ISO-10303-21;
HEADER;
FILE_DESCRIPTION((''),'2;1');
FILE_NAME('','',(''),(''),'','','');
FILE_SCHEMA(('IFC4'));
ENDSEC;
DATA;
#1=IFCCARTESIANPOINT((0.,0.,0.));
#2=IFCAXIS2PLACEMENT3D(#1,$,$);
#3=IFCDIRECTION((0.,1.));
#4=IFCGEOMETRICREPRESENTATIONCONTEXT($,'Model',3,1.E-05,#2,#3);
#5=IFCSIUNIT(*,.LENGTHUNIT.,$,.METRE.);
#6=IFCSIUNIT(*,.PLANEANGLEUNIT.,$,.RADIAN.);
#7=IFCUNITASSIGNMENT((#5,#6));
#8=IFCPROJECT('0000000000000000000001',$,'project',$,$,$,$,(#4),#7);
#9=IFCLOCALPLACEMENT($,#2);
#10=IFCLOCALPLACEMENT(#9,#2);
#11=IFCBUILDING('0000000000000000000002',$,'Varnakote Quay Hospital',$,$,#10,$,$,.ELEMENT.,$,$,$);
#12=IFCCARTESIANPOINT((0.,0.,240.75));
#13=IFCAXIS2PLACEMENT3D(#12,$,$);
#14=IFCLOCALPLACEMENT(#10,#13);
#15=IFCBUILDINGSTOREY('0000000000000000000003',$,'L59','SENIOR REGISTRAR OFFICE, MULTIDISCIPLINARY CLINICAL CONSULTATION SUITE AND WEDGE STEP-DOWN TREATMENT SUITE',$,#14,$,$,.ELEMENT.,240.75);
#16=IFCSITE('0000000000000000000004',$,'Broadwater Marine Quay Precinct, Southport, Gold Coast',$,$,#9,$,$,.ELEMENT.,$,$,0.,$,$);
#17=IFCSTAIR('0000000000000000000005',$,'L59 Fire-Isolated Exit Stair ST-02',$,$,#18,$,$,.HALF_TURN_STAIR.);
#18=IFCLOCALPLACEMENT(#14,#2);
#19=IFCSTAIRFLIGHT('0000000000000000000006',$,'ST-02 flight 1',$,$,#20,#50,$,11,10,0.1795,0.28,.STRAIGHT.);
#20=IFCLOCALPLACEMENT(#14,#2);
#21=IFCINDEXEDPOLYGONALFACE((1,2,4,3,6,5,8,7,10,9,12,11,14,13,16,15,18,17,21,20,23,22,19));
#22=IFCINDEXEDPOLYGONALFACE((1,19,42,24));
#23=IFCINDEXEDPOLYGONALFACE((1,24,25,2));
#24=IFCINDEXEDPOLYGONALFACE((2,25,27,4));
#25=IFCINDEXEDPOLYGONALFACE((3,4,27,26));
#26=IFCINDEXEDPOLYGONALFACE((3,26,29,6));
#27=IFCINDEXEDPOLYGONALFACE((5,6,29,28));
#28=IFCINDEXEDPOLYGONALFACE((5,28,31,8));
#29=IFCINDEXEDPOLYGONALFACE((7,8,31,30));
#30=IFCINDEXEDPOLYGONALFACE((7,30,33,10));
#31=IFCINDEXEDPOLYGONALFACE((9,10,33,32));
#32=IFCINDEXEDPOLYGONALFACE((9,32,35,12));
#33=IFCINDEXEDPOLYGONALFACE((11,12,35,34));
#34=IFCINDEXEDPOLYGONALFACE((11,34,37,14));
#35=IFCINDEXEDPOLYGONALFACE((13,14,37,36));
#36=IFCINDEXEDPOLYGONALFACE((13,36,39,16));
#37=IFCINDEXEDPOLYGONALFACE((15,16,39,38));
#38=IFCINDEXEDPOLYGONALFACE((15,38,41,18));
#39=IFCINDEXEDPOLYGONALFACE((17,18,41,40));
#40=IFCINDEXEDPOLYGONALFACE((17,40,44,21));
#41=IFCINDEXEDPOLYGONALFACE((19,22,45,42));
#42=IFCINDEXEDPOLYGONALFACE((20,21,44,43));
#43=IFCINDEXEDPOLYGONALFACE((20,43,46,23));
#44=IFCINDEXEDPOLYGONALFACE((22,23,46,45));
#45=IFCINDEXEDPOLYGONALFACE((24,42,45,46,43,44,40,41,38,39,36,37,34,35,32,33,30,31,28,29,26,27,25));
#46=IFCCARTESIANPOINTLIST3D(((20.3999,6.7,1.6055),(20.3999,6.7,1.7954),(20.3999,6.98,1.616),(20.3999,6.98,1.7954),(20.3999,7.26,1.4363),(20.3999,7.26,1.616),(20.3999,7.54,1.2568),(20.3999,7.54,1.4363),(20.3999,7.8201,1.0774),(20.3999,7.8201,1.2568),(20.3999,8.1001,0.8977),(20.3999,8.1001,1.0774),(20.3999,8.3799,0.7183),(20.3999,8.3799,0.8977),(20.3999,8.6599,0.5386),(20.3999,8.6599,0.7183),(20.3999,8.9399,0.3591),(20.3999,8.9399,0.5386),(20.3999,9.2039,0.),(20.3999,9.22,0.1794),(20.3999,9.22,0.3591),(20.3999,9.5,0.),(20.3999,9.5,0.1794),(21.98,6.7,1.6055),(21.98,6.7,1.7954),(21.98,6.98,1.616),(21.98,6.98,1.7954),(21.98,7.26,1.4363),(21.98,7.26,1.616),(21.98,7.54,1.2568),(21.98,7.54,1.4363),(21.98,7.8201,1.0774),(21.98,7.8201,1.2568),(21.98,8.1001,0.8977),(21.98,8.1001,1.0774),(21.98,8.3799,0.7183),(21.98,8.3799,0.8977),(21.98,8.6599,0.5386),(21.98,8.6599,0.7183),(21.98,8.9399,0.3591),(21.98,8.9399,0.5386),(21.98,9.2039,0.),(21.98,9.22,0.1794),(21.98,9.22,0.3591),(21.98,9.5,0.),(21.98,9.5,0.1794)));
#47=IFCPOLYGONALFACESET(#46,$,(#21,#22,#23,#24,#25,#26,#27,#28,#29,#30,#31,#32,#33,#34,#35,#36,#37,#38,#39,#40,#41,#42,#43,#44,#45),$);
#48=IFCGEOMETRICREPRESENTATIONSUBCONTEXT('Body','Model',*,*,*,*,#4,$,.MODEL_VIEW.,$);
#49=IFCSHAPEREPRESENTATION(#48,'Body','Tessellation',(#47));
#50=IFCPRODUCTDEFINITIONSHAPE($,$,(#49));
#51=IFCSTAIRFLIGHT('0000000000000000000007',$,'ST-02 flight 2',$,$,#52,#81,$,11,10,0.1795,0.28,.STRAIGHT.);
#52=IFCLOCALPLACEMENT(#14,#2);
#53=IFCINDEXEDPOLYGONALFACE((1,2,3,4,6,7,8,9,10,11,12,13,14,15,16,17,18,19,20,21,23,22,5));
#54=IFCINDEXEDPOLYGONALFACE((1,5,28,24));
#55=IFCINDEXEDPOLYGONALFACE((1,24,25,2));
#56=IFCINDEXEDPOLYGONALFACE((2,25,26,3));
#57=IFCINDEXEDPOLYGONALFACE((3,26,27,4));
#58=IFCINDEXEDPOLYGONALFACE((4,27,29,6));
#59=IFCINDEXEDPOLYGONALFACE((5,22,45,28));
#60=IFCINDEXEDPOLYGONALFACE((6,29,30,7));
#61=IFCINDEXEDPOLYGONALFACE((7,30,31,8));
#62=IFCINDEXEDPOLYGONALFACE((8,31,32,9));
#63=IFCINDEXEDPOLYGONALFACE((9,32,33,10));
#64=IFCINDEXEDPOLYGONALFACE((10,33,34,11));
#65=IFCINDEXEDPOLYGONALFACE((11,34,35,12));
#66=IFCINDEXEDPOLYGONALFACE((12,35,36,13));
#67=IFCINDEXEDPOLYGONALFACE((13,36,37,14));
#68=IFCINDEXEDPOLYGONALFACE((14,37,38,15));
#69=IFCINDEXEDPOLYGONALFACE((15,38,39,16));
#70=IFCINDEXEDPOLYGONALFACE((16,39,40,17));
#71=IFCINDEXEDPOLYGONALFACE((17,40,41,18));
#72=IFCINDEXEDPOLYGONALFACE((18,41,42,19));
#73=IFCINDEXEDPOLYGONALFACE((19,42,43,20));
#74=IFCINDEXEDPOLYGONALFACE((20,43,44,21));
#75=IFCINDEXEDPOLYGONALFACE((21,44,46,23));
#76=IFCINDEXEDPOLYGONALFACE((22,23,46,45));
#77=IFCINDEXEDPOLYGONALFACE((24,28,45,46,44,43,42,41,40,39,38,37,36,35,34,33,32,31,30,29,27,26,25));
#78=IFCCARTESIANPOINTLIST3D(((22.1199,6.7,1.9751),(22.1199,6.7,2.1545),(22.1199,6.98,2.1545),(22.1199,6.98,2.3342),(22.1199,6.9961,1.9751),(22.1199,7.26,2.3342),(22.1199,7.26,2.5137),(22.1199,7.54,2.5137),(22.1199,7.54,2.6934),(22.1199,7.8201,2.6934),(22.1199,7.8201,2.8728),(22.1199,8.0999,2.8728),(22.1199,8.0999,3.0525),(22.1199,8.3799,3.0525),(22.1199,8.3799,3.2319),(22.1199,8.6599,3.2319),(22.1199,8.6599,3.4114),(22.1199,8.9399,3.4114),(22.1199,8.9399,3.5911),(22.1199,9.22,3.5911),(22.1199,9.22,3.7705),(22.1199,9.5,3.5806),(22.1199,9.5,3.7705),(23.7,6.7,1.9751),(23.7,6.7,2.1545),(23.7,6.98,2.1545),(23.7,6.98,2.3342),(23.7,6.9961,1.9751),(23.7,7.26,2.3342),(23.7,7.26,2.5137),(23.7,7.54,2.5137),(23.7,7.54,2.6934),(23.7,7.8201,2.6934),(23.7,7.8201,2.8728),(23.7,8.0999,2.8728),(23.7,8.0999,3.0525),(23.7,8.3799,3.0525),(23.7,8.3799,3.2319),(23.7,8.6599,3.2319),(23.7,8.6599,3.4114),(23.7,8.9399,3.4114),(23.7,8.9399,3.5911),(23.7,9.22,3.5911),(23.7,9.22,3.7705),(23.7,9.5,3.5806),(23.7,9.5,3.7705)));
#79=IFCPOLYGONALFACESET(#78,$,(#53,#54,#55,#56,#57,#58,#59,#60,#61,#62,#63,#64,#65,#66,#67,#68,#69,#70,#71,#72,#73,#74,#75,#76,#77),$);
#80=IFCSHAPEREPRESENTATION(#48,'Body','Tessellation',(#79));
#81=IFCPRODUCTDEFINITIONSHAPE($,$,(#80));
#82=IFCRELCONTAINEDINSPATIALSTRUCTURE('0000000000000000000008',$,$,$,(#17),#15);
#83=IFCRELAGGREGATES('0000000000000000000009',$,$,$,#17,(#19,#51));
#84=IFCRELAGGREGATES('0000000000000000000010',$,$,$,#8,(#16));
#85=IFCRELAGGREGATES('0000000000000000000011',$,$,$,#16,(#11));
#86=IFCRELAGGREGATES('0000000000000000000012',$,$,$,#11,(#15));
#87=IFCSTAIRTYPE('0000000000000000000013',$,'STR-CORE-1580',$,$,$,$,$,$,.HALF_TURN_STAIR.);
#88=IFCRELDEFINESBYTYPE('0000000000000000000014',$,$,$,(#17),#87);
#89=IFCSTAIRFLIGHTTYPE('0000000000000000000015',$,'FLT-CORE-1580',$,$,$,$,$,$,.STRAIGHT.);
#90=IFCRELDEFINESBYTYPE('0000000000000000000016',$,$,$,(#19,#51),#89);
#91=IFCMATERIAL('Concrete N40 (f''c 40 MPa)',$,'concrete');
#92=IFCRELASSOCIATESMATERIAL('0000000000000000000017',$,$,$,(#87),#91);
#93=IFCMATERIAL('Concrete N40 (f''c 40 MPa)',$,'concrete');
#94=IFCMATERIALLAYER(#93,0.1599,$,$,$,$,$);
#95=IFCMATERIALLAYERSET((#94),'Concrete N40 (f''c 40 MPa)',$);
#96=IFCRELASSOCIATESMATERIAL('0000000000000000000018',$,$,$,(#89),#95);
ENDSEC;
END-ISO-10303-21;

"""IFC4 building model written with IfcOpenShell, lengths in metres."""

from ifc_helpers import new_model, si_unit, direction, frame, origin, place, context, subcontext, project, spatial, polyline, outline, extrude, material, layer, layer_set, type_object, element, aggregate, save


model = new_model("IFC4")

# Units and contexts
model_context = context("Model", 3, precision=1e-05, world=origin(), true_north=direction((0.0, 1.0)))
body_context = subcontext(model_context, "Body", "Model", "MODEL_VIEW")
ifc_project = project(units=[si_unit("LENGTHUNIT", "METRE"), si_unit("PLANEANGLEUNIT", "RADIAN")], contexts=[model_context])

# Site, building, storey
site_placement = place(None, origin())
site = spatial("IfcSite", under=ifc_project, at=site_placement, Name="Broadwater Marine Quay Precinct, Southport, Gold Coast", CompositionType="ELEMENT", RefElevation=0.0)
building_placement = place(site_placement, origin())
building = spatial("IfcBuilding", under=site, at=building_placement, Name="Varnakote Quay Hospital", CompositionType="ELEMENT")
storey_placement = place(building_placement, frame((0.0, 0.0, 240.75)))
storey = spatial("IfcBuildingStorey", under=building, at=storey_placement, Name="L59", Description="SENIOR REGISTRAR OFFICE, MULTIDISCIPLINARY CLINICAL CONSULTATION SUITE AND WEDGE STEP-DOWN TREATMENT SUITE", CompositionType="ELEMENT", Elevation=240.75)

# Stair, stair flights
ifc_material_1 = material(Name="Concrete N40 (f'c 40 MPa)", Category="concrete")
stair_type = type_object("IfcStairType", Name="STR-CORE-1580", PredefinedType="HALF_TURN_STAIR", material=ifc_material_1)
stair_placement = place(storey_placement, origin())
stair = element("IfcStair", 1, at=stair_placement, inside=storey, type_object=stair_type, Name="L59 Fire-Isolated Exit Stair ST-02", PredefinedType="HALF_TURN_STAIR")
ifc_material_2 = material(Name="Concrete N40 (f'c 40 MPa)", Category="concrete")
ifc_layer_1 = layer(ifc_material_2, 0.1599)
ifc_layer_set_1 = layer_set([ifc_layer_1], Name="Concrete N40 (f'c 40 MPa)")
stair_flight_type = type_object("IfcStairFlightType", Name="FLT-CORE-1580", PredefinedType="STRAIGHT", material=ifc_layer_set_1)
stair_flight_1_placement = place(storey_placement, frame((21.1899, 9.5, 0.0), z_axis=(0.0, 0.0, 1.0), x_axis=(0.0, -1.0, 0.0)))
stair_flight_1 = element("IfcStairFlight", 2, at=stair_flight_1_placement, type_object=stair_flight_type, Name="ST-02 flight 1", NumberOfRisers=11, NumberOfTreads=10, PredefinedType="STRAIGHT", RiserHeight=0.1795, TreadLength=0.28, context=body_context, shape_type="SweptSolid", body=[
    extrude(outline(polyline([(0.0, 0.0), (0.0, 0.1794), (0.28, 0.1794), (0.28, 0.3591), (0.5601, 0.3591), (0.5601, 0.5386), (0.8401, 0.5386), (0.8401, 0.7183), (1.1201, 0.7183), (1.1201, 0.8977), (1.3999, 0.8977), (1.3999, 1.0774), (1.6799, 1.0774), (1.6799, 1.2568), (1.96, 1.2568), (1.96, 1.4363), (2.24, 1.4363), (2.24, 1.616), (2.52, 1.616), (2.52, 1.7954), (2.8, 1.7954), (2.8, 1.9751), (2.8, 1.6055), (0.2961, 0.0), (0.0, 0.0)])), frame((0.0, 0.79, 0.0), z_axis=(0.0, -1.0, 0.0), x_axis=(1.0, 0.0, 0.0)), (0.0, 0.0, 1.0), 1.5801),
])
stair_flight_2_placement = place(storey_placement, frame((22.9099, 6.7, 1.9751), z_axis=(0.0, 0.0, 1.0), x_axis=(0.0, 1.0, 0.0)))
stair_flight_2 = element("IfcStairFlight", 3, at=stair_flight_2_placement, type_object=stair_flight_type, Name="ST-02 flight 2", NumberOfRisers=11, NumberOfTreads=10, PredefinedType="STRAIGHT", RiserHeight=0.1795, TreadLength=0.28, context=body_context, shape_type="SweptSolid", body=[
    extrude(outline(polyline([(0.0, 0.0), (0.0, 0.1794), (0.28, 0.1794), (0.28, 0.3591), (0.5601, 0.3591), (0.5601, 0.5386), (0.8401, 0.5386), (0.8401, 0.7183), (1.1201, 0.7183), (1.1201, 0.8977), (1.3999, 0.8977), (1.3999, 1.0774), (1.6799, 1.0774), (1.6799, 1.2568), (1.96, 1.2568), (1.96, 1.4363), (2.24, 1.4363), (2.24, 1.616), (2.52, 1.616), (2.52, 1.7954), (2.8, 1.7954), (2.8, 1.9751), (2.8, 1.6055), (0.2961, 0.0), (0.0, 0.0)])), frame((0.0, 0.79, 0.0), z_axis=(0.0, -1.0, 0.0), x_axis=(1.0, 0.0, 0.0)), (0.0, 0.0, 1.0), 1.5801),
])
aggregate(stair, [stair_flight_1, stair_flight_2])

save(model, "model.ifc")
